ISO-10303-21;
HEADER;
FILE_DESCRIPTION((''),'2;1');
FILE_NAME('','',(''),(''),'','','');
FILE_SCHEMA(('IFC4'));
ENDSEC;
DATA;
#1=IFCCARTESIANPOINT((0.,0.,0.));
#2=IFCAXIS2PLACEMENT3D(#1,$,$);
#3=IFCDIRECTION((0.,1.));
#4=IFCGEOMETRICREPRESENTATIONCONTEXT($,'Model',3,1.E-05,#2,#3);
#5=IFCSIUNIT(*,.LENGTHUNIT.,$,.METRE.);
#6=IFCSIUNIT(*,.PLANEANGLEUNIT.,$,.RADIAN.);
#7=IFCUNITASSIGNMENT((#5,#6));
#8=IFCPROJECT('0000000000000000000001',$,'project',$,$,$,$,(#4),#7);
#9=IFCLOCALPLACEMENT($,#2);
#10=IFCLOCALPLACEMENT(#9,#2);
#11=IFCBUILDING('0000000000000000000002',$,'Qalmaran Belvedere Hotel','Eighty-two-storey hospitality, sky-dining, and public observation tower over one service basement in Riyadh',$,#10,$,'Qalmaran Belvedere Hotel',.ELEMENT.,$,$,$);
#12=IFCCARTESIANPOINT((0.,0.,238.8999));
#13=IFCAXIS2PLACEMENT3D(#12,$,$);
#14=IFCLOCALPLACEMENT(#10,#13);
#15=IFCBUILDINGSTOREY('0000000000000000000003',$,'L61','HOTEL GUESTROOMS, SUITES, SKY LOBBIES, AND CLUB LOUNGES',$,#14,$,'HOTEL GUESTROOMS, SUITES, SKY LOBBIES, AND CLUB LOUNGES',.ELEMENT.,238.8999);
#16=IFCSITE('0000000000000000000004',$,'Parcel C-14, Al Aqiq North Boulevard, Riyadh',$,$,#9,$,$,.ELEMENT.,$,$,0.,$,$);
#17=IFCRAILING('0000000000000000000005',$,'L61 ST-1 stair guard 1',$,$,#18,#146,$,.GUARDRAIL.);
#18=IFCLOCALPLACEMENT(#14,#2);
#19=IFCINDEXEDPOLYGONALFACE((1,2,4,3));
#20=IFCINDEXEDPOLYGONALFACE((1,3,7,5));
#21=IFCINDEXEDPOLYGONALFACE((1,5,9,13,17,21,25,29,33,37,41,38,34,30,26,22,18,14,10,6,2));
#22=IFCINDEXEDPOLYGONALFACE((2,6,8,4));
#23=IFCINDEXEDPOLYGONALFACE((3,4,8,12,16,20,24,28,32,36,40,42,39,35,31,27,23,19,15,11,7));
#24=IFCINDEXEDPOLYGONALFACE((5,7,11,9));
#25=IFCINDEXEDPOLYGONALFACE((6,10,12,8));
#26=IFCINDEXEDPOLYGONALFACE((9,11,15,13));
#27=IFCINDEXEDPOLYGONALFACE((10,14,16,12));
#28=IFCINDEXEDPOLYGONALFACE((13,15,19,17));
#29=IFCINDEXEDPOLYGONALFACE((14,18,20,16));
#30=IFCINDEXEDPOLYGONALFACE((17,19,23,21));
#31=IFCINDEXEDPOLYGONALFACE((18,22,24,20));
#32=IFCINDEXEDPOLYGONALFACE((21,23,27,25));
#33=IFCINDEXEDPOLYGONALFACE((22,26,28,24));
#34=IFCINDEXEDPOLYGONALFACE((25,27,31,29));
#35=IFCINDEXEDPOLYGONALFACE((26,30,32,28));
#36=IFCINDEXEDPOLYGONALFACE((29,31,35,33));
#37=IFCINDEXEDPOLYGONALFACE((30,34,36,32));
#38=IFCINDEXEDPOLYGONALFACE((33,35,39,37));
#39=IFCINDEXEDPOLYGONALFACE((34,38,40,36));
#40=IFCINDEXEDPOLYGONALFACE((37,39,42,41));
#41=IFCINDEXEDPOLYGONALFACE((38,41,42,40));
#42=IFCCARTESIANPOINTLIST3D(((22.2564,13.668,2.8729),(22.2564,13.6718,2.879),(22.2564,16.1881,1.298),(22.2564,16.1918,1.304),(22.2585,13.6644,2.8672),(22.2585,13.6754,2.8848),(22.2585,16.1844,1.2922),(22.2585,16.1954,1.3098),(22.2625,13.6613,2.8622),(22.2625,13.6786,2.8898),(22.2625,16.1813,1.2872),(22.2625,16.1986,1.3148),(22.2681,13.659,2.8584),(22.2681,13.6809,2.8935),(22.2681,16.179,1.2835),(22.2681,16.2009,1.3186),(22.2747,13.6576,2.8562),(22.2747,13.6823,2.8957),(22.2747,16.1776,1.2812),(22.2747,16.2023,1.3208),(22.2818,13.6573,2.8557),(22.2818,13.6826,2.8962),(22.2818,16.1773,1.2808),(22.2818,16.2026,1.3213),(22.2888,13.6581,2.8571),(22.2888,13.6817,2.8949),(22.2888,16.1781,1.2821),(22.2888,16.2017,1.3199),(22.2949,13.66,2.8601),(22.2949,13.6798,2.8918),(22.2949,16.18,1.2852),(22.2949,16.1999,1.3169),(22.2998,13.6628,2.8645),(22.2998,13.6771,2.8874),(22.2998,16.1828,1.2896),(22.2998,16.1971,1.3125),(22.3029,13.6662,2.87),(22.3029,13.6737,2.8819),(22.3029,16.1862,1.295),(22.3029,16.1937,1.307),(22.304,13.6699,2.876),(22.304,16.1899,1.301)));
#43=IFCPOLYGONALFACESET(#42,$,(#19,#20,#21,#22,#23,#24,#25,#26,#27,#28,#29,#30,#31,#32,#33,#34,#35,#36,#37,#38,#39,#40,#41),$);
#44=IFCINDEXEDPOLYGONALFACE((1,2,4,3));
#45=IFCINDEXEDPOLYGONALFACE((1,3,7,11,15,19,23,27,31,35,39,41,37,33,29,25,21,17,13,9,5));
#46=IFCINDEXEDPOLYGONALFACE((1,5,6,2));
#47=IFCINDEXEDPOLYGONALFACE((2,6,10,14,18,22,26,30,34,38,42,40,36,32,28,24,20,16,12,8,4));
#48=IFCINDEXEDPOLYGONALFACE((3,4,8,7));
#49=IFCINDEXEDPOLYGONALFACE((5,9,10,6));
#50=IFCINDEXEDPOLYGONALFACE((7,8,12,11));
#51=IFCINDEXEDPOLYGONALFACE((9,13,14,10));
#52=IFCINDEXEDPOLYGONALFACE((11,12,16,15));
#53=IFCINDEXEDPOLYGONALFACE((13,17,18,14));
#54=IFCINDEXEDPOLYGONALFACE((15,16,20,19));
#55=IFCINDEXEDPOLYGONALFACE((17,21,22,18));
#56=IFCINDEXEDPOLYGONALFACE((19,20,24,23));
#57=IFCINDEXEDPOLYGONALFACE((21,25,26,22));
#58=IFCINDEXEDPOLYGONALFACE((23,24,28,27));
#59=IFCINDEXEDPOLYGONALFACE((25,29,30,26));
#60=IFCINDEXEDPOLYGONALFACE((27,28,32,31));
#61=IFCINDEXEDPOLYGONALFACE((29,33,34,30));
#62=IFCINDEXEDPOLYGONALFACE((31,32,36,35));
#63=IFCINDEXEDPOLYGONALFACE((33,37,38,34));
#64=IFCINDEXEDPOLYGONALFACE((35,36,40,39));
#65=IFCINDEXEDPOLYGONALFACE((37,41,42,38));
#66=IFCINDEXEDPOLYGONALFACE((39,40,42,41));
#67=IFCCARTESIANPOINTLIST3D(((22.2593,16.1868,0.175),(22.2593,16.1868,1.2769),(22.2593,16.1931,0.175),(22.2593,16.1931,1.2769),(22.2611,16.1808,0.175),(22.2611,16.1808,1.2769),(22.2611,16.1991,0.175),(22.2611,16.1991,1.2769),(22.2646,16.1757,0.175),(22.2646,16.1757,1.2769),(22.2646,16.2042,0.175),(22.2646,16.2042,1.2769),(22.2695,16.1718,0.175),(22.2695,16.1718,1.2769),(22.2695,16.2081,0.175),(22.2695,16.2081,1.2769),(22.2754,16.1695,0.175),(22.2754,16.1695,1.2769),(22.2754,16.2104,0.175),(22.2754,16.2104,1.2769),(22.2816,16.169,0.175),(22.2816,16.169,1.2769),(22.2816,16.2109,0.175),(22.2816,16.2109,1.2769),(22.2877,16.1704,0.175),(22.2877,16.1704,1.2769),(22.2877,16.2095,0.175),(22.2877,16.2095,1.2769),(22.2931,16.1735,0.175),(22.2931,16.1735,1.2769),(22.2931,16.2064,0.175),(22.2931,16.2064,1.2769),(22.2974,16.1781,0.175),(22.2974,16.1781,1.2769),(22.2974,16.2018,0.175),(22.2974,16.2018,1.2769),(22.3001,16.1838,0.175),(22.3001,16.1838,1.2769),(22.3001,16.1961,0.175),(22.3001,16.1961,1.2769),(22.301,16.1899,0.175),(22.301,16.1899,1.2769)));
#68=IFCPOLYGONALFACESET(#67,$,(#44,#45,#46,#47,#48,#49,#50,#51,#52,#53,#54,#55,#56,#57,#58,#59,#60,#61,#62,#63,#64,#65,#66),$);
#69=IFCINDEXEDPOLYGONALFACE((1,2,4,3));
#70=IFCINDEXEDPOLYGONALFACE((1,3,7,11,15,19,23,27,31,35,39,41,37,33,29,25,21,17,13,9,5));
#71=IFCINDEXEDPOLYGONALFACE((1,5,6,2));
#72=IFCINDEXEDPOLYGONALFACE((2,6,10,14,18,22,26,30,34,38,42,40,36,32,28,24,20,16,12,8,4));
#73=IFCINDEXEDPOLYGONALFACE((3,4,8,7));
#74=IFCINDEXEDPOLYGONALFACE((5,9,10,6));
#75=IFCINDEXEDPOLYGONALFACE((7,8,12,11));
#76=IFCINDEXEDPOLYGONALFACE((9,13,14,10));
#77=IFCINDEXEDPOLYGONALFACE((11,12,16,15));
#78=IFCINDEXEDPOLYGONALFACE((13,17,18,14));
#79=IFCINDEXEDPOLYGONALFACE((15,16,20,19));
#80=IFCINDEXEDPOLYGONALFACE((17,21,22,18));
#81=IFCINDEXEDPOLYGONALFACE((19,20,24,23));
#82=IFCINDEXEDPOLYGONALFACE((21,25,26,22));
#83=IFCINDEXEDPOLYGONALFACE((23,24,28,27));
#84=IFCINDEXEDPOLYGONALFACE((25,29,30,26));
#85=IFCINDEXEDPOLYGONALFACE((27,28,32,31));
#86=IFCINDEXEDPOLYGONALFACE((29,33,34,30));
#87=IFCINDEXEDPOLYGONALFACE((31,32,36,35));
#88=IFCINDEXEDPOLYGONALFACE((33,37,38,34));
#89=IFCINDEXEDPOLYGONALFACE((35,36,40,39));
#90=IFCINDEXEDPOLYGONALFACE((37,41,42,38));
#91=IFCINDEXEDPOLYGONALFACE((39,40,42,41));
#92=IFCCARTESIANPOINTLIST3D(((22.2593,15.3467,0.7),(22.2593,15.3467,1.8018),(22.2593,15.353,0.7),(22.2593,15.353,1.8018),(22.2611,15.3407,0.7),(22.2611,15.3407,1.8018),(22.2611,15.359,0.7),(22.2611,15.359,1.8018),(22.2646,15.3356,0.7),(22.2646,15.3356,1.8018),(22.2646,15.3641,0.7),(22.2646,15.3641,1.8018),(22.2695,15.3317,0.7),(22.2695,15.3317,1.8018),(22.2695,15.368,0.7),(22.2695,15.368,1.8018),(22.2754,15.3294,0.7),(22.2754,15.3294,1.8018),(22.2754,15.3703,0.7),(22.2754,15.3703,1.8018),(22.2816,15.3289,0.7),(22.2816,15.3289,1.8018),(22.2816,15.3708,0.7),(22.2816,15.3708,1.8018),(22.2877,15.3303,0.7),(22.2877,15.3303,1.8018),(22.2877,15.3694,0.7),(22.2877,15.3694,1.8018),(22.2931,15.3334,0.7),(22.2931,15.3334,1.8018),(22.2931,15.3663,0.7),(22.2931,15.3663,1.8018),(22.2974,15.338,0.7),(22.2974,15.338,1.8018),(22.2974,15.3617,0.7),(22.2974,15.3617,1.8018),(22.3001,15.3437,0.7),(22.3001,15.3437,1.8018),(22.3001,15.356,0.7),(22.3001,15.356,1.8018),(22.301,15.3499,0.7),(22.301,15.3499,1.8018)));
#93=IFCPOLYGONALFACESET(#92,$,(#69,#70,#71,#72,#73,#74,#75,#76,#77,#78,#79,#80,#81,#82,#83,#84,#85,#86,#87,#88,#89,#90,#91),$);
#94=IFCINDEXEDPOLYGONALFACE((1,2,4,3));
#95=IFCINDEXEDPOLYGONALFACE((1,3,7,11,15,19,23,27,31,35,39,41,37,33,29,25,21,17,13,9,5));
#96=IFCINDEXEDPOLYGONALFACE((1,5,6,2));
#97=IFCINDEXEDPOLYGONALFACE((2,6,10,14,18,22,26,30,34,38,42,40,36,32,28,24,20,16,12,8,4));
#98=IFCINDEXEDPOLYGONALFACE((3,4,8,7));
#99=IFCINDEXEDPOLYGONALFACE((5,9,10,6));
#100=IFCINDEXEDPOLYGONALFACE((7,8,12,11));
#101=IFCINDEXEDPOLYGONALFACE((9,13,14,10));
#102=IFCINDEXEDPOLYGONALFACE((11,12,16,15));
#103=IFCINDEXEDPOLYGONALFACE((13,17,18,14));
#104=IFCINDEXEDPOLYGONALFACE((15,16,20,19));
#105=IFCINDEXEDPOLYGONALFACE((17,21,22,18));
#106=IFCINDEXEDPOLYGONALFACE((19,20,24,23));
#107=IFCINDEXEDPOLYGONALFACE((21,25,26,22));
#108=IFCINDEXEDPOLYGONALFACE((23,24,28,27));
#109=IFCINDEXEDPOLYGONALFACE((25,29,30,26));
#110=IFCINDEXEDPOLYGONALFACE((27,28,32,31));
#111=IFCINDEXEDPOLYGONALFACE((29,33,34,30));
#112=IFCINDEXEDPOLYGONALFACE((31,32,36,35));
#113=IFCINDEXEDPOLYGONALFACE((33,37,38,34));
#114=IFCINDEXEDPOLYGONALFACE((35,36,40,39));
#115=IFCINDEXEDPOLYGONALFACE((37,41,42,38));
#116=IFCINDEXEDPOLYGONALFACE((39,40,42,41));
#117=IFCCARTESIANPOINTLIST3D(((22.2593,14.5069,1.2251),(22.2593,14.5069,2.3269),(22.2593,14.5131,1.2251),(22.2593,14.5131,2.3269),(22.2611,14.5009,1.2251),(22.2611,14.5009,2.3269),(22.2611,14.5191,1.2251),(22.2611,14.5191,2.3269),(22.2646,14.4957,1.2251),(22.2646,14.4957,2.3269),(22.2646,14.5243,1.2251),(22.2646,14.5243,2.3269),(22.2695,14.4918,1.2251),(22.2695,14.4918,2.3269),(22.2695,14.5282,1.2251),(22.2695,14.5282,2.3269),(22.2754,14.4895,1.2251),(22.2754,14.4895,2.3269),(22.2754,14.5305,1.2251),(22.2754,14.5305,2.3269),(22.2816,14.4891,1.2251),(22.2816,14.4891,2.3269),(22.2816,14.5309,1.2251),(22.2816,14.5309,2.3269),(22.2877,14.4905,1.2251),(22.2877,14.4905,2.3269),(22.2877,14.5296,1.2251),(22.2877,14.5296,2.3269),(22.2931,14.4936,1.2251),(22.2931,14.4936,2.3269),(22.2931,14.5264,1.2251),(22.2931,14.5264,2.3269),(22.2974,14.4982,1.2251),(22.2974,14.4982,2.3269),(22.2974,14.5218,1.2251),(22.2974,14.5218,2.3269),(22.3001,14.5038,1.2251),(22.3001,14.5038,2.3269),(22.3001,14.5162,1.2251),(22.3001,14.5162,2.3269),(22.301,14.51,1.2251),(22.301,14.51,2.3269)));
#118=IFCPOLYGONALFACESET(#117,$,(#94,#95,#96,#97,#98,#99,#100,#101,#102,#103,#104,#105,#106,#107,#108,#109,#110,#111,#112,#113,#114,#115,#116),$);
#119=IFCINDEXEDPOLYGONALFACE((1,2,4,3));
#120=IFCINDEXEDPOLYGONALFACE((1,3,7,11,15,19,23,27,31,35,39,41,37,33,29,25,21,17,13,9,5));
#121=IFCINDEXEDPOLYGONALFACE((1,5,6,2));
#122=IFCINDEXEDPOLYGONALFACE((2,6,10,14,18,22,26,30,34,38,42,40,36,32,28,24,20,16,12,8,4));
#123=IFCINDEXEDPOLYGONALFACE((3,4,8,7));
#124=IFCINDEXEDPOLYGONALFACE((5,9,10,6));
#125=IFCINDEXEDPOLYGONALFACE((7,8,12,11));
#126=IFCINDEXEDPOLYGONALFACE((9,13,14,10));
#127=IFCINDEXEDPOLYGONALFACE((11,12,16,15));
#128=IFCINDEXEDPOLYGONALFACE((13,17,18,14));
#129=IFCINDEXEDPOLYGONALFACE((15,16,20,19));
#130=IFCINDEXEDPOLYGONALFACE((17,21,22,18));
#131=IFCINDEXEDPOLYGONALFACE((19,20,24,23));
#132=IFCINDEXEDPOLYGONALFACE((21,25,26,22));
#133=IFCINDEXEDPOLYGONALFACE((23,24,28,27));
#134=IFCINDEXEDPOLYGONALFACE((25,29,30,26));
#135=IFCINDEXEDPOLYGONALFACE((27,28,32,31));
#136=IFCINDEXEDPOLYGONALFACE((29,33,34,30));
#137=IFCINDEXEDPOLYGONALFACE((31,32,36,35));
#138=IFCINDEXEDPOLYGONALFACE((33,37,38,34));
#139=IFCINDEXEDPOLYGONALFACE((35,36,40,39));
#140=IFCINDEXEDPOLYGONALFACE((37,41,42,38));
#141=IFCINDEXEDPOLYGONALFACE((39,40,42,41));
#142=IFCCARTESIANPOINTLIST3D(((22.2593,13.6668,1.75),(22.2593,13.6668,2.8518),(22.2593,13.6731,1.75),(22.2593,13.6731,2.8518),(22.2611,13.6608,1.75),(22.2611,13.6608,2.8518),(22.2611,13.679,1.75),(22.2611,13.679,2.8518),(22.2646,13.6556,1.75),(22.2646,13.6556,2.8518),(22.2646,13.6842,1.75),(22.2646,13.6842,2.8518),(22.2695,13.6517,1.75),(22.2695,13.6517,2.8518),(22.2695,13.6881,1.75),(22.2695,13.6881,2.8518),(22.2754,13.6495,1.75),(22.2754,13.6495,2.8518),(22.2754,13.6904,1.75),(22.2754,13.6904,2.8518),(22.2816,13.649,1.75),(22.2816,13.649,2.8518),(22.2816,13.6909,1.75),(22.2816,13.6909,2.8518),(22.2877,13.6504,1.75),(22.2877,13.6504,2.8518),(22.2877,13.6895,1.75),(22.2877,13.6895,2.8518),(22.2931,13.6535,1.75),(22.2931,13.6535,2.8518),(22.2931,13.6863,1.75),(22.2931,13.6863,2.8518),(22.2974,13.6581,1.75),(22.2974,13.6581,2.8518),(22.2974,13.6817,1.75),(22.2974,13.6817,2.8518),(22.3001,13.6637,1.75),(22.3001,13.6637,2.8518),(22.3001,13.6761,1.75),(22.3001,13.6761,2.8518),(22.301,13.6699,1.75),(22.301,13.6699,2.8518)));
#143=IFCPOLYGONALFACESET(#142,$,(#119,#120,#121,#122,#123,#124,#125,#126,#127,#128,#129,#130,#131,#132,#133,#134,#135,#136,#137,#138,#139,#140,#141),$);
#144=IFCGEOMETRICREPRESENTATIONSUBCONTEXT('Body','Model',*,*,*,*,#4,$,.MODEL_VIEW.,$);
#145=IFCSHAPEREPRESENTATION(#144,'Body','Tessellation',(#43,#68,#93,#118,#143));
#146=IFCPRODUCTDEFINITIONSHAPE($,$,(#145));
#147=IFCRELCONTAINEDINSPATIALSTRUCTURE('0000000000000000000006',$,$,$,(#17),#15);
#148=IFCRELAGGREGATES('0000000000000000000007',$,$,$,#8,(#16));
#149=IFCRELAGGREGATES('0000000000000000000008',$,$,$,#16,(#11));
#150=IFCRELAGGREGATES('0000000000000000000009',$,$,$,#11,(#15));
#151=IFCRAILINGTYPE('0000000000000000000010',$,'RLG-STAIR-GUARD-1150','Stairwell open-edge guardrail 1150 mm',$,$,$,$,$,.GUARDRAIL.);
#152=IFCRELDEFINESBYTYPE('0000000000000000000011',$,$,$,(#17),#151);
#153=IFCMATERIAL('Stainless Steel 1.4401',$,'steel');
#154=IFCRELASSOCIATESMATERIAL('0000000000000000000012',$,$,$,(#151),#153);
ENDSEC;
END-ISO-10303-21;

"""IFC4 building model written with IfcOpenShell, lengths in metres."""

from ifc_helpers import new_model, si_unit, direction, frame, origin, origin_2d, place, context, subcontext, project, spatial, circle, extrude, material, type_object, element, save


model = new_model("IFC4")

# Units and contexts
model_context = context("Model", 3, precision=1e-05, world=origin(), true_north=direction((0.0, 1.0)))
body_context = subcontext(model_context, "Body", "Model", "MODEL_VIEW")
ifc_project = project(units=[si_unit("LENGTHUNIT", "METRE"), si_unit("PLANEANGLEUNIT", "RADIAN")], contexts=[model_context])

# Site, building, storey
site_placement = place(None, origin())
site = spatial("IfcSite", under=ifc_project, at=site_placement, Name="Parcel C-14, Al Aqiq North Boulevard, Riyadh", CompositionType="ELEMENT", RefElevation=0.0)
building_placement = place(site_placement, origin())
building = spatial("IfcBuilding", under=site, at=building_placement, Name="Qalmaran Belvedere Hotel", Description="Eighty-two-storey hospitality, sky-dining, and public observation tower over one service basement in Riyadh", LongName="Qalmaran Belvedere Hotel", CompositionType="ELEMENT")
storey_placement = place(building_placement, frame((0.0, 0.0, 238.8999)))
storey = spatial("IfcBuildingStorey", under=building, at=storey_placement, Name="L61", Description="HOTEL GUESTROOMS, SUITES, SKY LOBBIES, AND CLUB LOUNGES", LongName="HOTEL GUESTROOMS, SUITES, SKY LOBBIES, AND CLUB LOUNGES", CompositionType="ELEMENT", Elevation=238.8999)

# Railing
ifc_material_1 = material(Name="Stainless Steel 1.4401", Category="steel")
railing_type_1 = type_object("IfcRailingType", Name="RLG-STAIR-GUARD-1150", Description="Stairwell open-edge guardrail 1150 mm", PredefinedType="GUARDRAIL", material=ifc_material_1)
railing_1_placement = place(storey_placement, frame((22.28, 16.1899, 0.175)))
element("IfcRailing", 1, at=railing_1_placement, inside=storey, type_object=railing_type_1, Name="L61 ST-1 stair guard 1", PredefinedType="GUARDRAIL", context=body_context, shape_type="SweptSolid", body=[
    extrude(circle(Radius=0.0239, at=origin_2d()), frame((0.0, 0.0, 1.126), z_axis=(0.0, -0.848008, 0.529984), x_axis=(1.0, 0.0, 0.0)), (0.0, 0.0, 1.0), 2.9717),
    extrude(circle(Radius=0.021, at=origin_2d()), origin(), (0.0, 0.0, 1.0), 1.1018),
    extrude(circle(Radius=0.021, at=origin_2d()), frame((0.0, -0.8401, 0.5249)), (0.0, 0.0, 1.0), 1.1018),
    extrude(circle(Radius=0.021, at=origin_2d()), frame((0.0, -1.6799, 1.05)), (0.0, 0.0, 1.0), 1.1018),
    extrude(circle(Radius=0.021, at=origin_2d()), frame((0.0, -2.52, 1.575)), (0.0, 0.0, 1.0), 1.1018),
])

save(model, "model.ifc")
